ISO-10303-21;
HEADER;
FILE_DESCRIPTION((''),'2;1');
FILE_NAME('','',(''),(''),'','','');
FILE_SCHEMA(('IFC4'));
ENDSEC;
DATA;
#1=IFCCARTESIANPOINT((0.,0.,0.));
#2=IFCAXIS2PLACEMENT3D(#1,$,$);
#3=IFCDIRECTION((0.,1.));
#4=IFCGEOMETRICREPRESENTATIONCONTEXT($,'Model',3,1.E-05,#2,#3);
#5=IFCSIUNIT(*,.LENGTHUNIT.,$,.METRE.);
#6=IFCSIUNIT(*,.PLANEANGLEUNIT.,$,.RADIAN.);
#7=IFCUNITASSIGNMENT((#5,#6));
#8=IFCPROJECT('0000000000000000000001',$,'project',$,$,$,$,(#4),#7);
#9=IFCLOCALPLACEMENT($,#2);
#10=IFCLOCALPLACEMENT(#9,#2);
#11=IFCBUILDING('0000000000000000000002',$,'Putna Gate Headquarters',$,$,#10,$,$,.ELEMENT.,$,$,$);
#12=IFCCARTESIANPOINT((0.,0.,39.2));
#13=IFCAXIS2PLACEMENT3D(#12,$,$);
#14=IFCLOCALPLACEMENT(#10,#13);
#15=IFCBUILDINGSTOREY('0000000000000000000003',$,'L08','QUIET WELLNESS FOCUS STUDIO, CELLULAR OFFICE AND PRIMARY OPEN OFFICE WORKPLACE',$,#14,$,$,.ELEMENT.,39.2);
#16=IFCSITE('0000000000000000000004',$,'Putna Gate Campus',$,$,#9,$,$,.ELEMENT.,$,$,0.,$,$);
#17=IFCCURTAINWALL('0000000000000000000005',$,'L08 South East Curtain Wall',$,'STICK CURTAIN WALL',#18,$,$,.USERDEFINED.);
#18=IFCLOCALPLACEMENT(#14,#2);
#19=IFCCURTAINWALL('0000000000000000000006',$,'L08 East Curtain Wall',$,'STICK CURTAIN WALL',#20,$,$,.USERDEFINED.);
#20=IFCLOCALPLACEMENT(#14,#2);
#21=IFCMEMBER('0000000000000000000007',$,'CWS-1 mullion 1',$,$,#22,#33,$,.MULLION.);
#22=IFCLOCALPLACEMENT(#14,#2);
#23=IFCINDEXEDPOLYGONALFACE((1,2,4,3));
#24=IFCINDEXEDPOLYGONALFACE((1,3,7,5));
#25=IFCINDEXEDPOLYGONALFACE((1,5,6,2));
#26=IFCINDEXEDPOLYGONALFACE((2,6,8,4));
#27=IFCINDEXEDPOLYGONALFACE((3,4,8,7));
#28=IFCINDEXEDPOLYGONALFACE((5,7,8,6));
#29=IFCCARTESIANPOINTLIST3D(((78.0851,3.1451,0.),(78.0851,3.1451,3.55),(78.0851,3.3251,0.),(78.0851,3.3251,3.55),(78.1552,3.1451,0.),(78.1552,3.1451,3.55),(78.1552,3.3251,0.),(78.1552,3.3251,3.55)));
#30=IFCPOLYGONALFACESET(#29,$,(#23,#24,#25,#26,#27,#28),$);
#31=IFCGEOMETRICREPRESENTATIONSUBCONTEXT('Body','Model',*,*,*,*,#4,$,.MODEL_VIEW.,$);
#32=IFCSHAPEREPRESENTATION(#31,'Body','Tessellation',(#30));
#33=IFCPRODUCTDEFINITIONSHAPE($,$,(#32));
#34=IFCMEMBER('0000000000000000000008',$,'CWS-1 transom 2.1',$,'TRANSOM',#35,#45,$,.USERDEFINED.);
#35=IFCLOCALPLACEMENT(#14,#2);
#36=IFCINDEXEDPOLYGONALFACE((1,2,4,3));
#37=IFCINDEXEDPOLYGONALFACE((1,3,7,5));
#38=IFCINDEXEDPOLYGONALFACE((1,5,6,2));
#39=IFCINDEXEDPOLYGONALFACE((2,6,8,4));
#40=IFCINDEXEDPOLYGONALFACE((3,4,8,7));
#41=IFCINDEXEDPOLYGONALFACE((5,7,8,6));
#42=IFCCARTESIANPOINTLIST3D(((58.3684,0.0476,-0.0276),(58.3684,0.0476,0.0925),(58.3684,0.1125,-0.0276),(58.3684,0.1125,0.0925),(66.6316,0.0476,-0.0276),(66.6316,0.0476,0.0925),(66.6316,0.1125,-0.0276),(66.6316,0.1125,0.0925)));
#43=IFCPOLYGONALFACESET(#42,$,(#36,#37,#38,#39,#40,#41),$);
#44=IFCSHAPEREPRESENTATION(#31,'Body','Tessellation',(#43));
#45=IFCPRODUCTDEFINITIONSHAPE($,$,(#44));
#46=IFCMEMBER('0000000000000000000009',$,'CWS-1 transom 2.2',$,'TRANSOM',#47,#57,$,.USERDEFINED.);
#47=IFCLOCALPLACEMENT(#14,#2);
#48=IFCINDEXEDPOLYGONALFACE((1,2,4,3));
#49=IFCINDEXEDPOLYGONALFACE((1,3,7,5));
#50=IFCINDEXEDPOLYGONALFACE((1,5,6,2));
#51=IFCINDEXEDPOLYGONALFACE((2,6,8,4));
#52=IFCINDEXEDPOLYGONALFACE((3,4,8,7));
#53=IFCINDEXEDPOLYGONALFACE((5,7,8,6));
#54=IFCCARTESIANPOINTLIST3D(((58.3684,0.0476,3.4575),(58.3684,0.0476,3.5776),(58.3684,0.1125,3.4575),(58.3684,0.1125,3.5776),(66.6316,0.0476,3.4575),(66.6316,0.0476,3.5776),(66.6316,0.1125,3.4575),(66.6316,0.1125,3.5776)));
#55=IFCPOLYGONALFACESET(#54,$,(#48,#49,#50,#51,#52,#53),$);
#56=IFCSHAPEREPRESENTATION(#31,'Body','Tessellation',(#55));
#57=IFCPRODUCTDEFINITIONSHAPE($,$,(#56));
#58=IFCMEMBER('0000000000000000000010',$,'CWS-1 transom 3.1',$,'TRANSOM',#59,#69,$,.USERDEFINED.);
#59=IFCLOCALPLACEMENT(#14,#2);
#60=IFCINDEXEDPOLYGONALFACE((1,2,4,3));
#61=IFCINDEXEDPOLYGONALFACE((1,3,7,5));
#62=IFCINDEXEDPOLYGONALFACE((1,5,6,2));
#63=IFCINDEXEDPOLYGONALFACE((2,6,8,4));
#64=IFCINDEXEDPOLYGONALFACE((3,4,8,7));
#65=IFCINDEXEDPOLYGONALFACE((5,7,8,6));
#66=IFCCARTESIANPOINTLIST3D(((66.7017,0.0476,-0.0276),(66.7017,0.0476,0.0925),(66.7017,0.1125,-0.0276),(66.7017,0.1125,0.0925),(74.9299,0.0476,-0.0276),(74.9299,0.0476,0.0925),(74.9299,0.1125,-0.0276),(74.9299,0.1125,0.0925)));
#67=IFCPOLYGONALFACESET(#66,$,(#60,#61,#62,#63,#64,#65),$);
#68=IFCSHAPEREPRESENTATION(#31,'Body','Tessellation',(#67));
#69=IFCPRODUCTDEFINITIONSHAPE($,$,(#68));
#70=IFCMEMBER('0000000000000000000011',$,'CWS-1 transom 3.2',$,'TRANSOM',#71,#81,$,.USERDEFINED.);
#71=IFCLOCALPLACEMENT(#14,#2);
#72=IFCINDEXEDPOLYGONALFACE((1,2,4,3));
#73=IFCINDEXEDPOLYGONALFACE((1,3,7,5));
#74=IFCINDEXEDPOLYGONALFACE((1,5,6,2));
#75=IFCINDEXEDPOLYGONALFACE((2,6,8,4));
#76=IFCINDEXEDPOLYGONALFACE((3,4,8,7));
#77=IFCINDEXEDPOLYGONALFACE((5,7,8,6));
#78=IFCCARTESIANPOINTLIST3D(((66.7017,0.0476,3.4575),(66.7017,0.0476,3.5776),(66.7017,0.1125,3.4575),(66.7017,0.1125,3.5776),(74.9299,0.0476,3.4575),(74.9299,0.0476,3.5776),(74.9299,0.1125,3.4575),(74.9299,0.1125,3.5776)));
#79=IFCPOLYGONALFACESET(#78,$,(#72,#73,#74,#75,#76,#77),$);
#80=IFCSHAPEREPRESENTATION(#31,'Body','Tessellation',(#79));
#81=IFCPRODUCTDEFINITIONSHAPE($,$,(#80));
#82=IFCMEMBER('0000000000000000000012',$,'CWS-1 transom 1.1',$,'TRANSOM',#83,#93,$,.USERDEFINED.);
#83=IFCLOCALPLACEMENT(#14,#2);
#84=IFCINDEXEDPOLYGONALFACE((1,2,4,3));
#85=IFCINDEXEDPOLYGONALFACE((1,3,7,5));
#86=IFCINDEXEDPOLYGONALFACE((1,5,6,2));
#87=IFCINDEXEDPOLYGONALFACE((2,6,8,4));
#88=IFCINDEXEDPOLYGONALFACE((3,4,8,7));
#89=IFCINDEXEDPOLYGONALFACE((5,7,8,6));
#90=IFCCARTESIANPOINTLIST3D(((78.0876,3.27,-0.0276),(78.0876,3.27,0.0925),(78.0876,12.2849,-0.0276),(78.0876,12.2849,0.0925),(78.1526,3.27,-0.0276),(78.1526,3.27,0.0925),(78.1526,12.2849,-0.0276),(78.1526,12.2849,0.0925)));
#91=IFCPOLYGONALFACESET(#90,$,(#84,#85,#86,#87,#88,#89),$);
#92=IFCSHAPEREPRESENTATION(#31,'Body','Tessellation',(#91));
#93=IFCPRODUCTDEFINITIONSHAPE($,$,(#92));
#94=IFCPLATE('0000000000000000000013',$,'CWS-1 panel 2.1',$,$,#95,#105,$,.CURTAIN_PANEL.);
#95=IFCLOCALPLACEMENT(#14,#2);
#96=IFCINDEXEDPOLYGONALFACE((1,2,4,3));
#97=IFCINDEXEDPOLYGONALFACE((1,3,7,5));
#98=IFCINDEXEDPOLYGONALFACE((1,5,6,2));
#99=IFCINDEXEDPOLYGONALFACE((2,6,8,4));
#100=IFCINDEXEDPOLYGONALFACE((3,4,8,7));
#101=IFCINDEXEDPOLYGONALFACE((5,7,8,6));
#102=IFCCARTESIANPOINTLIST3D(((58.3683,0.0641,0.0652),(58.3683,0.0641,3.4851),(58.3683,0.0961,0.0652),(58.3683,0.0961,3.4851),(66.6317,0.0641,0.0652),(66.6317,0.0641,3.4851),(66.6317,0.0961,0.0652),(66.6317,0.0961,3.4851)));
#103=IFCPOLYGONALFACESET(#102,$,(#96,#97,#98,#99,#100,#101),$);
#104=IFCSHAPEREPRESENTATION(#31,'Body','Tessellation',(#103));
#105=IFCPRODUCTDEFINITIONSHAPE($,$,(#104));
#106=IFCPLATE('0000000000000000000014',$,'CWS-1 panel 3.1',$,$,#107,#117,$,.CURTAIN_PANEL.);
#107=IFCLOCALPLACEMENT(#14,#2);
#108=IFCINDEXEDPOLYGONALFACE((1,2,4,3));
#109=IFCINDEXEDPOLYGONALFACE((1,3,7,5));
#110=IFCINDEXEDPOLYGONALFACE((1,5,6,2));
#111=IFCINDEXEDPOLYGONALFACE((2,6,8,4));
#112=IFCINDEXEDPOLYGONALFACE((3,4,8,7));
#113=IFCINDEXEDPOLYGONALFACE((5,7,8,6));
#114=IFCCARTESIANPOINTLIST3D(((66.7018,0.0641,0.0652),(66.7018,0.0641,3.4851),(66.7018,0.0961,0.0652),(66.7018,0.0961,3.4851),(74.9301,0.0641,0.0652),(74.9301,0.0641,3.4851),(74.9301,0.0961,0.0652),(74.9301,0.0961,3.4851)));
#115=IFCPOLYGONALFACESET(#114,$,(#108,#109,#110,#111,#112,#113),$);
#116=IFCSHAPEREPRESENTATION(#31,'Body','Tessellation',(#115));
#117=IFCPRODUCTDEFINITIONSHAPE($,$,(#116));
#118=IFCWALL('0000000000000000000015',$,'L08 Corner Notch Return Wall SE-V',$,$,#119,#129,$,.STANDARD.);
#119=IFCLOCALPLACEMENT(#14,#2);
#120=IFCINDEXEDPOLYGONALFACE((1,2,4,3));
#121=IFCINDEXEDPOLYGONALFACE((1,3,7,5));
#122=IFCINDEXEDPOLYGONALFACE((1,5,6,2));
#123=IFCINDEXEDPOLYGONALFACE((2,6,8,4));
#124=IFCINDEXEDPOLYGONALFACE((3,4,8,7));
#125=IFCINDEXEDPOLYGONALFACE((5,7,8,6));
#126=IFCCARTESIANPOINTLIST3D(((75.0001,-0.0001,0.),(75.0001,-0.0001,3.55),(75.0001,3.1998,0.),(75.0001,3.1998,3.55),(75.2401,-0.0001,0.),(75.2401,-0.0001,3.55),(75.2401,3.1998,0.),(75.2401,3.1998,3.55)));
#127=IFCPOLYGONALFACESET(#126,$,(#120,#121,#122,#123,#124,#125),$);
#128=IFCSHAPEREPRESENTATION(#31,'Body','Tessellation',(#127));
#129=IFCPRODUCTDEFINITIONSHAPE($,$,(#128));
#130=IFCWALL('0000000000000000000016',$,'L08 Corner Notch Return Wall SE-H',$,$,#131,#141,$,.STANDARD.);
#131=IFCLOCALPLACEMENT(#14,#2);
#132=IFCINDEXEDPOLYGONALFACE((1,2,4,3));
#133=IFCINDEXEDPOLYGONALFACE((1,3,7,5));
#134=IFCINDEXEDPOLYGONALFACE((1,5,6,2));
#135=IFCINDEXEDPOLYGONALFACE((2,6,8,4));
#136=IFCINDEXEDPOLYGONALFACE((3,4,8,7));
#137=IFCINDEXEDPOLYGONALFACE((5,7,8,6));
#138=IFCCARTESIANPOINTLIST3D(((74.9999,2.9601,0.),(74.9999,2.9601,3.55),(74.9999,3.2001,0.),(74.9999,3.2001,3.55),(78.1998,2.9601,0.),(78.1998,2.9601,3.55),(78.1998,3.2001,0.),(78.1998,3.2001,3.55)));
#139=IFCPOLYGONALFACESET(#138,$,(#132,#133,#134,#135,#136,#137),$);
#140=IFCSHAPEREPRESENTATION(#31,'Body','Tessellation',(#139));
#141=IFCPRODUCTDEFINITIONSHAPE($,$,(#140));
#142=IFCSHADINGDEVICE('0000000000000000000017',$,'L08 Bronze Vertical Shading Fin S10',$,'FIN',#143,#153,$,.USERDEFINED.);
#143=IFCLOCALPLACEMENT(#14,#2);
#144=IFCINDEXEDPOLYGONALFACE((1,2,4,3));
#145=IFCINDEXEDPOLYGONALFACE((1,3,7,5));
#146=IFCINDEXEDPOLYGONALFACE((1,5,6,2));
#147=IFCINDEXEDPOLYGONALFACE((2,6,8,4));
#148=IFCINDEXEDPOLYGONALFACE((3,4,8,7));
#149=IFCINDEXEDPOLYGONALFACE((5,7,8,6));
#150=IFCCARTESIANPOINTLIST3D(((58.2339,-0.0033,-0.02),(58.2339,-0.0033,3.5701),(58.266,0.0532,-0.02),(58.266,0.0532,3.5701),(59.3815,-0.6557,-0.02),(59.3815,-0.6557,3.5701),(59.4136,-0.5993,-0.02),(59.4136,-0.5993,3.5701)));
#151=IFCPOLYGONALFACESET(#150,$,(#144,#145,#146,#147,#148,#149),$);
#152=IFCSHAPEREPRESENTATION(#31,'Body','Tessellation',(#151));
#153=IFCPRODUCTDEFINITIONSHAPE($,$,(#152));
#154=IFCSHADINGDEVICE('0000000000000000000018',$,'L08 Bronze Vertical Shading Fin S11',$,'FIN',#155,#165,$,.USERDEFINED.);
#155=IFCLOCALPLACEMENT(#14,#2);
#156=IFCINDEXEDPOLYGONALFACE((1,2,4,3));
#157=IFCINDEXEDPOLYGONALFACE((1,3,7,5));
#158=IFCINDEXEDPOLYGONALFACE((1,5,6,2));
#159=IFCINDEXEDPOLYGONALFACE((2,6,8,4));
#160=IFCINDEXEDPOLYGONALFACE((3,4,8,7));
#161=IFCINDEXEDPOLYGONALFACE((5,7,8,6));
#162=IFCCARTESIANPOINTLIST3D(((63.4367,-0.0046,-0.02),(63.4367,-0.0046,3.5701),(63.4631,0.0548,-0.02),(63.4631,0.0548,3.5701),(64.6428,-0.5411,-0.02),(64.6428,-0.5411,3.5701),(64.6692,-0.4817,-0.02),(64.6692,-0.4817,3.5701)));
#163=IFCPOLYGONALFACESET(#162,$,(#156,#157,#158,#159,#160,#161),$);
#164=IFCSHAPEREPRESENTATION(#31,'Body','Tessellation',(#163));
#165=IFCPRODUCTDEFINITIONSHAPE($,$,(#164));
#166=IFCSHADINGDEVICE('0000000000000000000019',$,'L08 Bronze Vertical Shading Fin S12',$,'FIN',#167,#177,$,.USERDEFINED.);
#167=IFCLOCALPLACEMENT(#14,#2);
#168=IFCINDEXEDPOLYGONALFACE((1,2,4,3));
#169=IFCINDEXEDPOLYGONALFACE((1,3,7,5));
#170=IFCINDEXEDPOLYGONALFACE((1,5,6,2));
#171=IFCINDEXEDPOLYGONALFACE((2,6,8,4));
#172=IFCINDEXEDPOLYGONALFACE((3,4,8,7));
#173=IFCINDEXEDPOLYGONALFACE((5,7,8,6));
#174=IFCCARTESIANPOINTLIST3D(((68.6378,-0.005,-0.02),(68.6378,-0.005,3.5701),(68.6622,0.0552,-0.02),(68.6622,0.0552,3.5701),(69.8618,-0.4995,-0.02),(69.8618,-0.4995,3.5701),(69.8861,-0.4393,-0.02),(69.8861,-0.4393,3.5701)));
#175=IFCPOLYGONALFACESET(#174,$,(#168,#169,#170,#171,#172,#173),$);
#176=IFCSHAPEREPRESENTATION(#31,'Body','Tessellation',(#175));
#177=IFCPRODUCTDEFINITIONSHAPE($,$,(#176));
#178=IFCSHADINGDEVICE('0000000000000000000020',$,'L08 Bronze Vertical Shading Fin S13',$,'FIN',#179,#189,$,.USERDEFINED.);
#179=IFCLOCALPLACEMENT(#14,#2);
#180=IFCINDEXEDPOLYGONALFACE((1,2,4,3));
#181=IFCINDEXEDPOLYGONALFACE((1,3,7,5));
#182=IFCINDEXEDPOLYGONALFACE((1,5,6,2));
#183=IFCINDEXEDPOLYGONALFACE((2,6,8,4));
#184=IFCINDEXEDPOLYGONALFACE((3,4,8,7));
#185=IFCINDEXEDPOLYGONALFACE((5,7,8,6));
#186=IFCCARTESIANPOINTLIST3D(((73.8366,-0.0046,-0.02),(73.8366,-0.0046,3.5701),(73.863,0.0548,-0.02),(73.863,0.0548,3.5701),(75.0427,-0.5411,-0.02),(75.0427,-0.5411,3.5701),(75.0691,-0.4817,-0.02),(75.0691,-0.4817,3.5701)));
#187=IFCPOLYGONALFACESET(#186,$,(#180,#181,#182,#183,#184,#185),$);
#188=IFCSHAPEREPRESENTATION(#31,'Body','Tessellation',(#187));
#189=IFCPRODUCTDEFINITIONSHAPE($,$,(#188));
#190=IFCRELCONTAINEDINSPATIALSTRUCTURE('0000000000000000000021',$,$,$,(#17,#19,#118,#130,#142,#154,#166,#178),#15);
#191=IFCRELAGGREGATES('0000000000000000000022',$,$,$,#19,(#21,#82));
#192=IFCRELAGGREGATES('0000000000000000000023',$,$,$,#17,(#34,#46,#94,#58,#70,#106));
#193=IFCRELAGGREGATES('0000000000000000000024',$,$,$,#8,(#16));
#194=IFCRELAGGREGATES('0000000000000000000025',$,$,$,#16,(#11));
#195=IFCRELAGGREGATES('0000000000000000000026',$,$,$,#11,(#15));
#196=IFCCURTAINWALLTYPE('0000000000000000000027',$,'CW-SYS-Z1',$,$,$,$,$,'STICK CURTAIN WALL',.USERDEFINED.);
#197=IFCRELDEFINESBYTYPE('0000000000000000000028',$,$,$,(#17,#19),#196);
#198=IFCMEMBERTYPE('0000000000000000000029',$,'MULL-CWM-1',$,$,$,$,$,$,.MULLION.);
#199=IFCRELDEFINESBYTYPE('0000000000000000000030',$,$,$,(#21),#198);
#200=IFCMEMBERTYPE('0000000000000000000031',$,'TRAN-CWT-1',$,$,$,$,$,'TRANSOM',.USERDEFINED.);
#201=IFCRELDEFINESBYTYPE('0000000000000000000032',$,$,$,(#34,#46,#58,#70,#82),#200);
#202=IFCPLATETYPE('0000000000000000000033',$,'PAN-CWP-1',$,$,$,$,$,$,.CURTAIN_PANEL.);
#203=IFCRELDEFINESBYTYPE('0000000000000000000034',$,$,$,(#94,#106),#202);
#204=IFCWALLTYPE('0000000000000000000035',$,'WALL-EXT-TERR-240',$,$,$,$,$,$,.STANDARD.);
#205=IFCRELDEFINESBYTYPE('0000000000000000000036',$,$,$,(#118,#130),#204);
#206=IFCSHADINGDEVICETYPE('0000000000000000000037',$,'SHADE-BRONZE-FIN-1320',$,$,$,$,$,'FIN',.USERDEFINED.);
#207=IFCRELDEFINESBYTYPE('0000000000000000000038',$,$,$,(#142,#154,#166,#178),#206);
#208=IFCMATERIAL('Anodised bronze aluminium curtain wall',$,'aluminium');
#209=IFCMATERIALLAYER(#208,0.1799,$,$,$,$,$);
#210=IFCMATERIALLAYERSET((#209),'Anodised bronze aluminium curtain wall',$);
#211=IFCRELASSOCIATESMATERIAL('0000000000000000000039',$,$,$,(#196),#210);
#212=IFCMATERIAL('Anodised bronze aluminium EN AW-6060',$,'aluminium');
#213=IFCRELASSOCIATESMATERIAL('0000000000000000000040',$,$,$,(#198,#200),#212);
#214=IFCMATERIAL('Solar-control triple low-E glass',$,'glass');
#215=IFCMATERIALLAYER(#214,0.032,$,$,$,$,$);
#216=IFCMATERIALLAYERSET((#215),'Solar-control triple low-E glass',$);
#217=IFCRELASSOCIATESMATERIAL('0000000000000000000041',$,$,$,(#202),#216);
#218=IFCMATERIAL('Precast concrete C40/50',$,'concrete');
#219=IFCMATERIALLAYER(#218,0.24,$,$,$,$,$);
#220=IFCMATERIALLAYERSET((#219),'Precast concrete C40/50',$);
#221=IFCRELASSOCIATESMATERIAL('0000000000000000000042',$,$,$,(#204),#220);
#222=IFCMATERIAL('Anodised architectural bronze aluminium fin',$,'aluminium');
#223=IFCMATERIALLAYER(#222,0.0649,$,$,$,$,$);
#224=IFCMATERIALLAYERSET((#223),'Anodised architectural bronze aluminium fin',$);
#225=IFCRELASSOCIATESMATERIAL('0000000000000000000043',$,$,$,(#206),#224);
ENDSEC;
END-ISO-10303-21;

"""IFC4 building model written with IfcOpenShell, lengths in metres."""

from ifc_helpers import new_model, si_unit, direction, frame, frame_2d, origin, origin_2d, place, context, subcontext, project, spatial, rectangle, extrude, material, layer, layer_set, material_profile, profile_set, type_object, element, aggregate, save


model = new_model("IFC4")

# Units and contexts
model_context = context("Model", 3, precision=1e-05, world=origin(), true_north=direction((0.0, 1.0)))
body_context = subcontext(model_context, "Body", "Model", "MODEL_VIEW")
ifc_project = project(units=[si_unit("LENGTHUNIT", "METRE"), si_unit("PLANEANGLEUNIT", "RADIAN")], contexts=[model_context])

# Site, building, storey
site_placement = place(None, origin())
site = spatial("IfcSite", under=ifc_project, at=site_placement, Name="Putna Gate Campus", CompositionType="ELEMENT", RefElevation=0.0)
building_placement = place(site_placement, origin())
building = spatial("IfcBuilding", under=site, at=building_placement, Name="Putna Gate Headquarters", CompositionType="ELEMENT")
storey_placement = place(building_placement, frame((0.0, 0.0, 39.2)))
storey = spatial("IfcBuildingStorey", under=building, at=storey_placement, Name="L08", Description="QUIET WELLNESS FOCUS STUDIO, CELLULAR OFFICE AND PRIMARY OPEN OFFICE WORKPLACE", CompositionType="ELEMENT", Elevation=39.2)

# Curtain wall
ifc_material_1 = material(Name="Anodised bronze aluminium curtain wall", Category="aluminium")
ifc_layer_1 = layer(ifc_material_1, 0.1799)
ifc_layer_set_1 = layer_set([ifc_layer_1], Name="Anodised bronze aluminium curtain wall")
curtain_wall_type = type_object("IfcCurtainWallType", Name="CW-SYS-Z1", ElementType="STICK CURTAIN WALL", PredefinedType="USERDEFINED", material=ifc_layer_set_1)
curtain_wall_1_placement = place(storey_placement, origin())
curtain_wall_1 = element("IfcCurtainWall", 1, at=curtain_wall_1_placement, inside=storey, type_object=curtain_wall_type, Name="L08 South East Curtain Wall", ObjectType="STICK CURTAIN WALL", PredefinedType="USERDEFINED")
ifc_material_2 = material(Name="Anodised bronze aluminium EN AW-6060", Category="aluminium")
ifc_material_profile_1 = material_profile(ifc_material_2, rectangle(XDim=0.0701, YDim=0.1799, at=origin_2d()), Name="Anodised bronze aluminium EN AW-6060")
ifc_profile_set_1 = profile_set([ifc_material_profile_1], Name="Anodised bronze aluminium EN AW-6060")
member_type_1 = type_object("IfcMemberType", Name="MULL-CWM-1", PredefinedType="MULLION", material=ifc_profile_set_1)

# Curtain wall, member
curtain_wall_2_placement = place(storey_placement, origin())
curtain_wall_2 = element("IfcCurtainWall", 2, at=curtain_wall_2_placement, inside=storey, type_object=curtain_wall_type, Name="L08 East Curtain Wall", ObjectType="STICK CURTAIN WALL", PredefinedType="USERDEFINED")
member_1_placement = place(storey_placement, frame((78.1201, 3.2351, 0.0), z_axis=(0.0, 0.0, 1.0), x_axis=(-1.0, 0.0, 0.0)))
member_1 = element("IfcMember", 3, at=member_1_placement, type_object=member_type_1, Name="CWS-1 mullion 1", PredefinedType="MULLION", context=body_context, shape_type="SweptSolid", body=[
    extrude(rectangle(XDim=0.0701, YDim=0.1799, at=origin_2d()), origin(), (0.0, 0.0, 1.0), 3.55),
])

# Members
ifc_material_profile_2 = material_profile(ifc_material_2, rectangle(XDim=0.0649, YDim=0.1201, at=origin_2d()), Name="Anodised bronze aluminium EN AW-6060")
ifc_profile_set_2 = profile_set([ifc_material_profile_2], Name="Anodised bronze aluminium EN AW-6060")
member_type_2 = type_object("IfcMemberType", Name="TRAN-CWT-1", ElementType="TRANSOM", PredefinedType="USERDEFINED", material=ifc_profile_set_2)
member_2_placement = place(storey_placement, frame((58.3684, 0.0801, 0.0325), z_axis=(1.0, 0.0, 0.0), x_axis=(0.0, 1.0, 0.0)))
member_2 = element("IfcMember", 4, at=member_2_placement, type_object=member_type_2, Name="CWS-1 transom 2.1", ObjectType="TRANSOM", PredefinedType="USERDEFINED", context=body_context, shape_type="SweptSolid", body=[
    extrude(rectangle(XDim=0.0649, YDim=0.1201, at=origin_2d()), origin(), (0.0, 0.0, 1.0), 8.2632),
])
member_3_placement = place(storey_placement, frame((58.3684, 0.0801, 3.5176), z_axis=(1.0, 0.0, 0.0), x_axis=(0.0, 1.0, 0.0)))
member_3 = element("IfcMember", 5, at=member_3_placement, type_object=member_type_2, Name="CWS-1 transom 2.2", ObjectType="TRANSOM", PredefinedType="USERDEFINED", context=body_context, shape_type="SweptSolid", body=[
    extrude(rectangle(XDim=0.0649, YDim=0.1201, at=origin_2d()), origin(), (0.0, 0.0, 1.0), 8.2632),
])
member_4_placement = place(storey_placement, frame((66.7017, 0.0801, 0.0325), z_axis=(1.0, 0.0, 0.0), x_axis=(0.0, 1.0, 0.0)))
member_4 = element("IfcMember", 6, at=member_4_placement, type_object=member_type_2, Name="CWS-1 transom 3.1", ObjectType="TRANSOM", PredefinedType="USERDEFINED", context=body_context, shape_type="SweptSolid", body=[
    extrude(rectangle(XDim=0.0649, YDim=0.1201, at=origin_2d()), origin(), (0.0, 0.0, 1.0), 8.2283),
])
member_5_placement = place(storey_placement, frame((66.7017, 0.0801, 3.5176), z_axis=(1.0, 0.0, 0.0), x_axis=(0.0, 1.0, 0.0)))
member_5 = element("IfcMember", 7, at=member_5_placement, type_object=member_type_2, Name="CWS-1 transom 3.2", ObjectType="TRANSOM", PredefinedType="USERDEFINED", context=body_context, shape_type="SweptSolid", body=[
    extrude(rectangle(XDim=0.0649, YDim=0.1201, at=origin_2d()), origin(), (0.0, 0.0, 1.0), 8.2283),
])
member_6_placement = place(storey_placement, frame((78.1201, 3.27, 0.0325), z_axis=(0.0, 1.0, 0.0), x_axis=(-1.0, 0.0, 0.0)))
member_6 = element("IfcMember", 8, at=member_6_placement, type_object=member_type_2, Name="CWS-1 transom 1.1", ObjectType="TRANSOM", PredefinedType="USERDEFINED", context=body_context, shape_type="SweptSolid", body=[
    extrude(rectangle(XDim=0.0649, YDim=0.1201, at=origin_2d()), origin(), (0.0, 0.0, 1.0), 9.0149),
])
aggregate(curtain_wall_2, [member_1, member_6])

# Plates
ifc_material_3 = material(Name="Solar-control triple low-E glass", Category="glass")
ifc_layer_2 = layer(ifc_material_3, 0.032)
ifc_layer_set_2 = layer_set([ifc_layer_2], Name="Solar-control triple low-E glass")
plate_type = type_object("IfcPlateType", Name="PAN-CWP-1", PredefinedType="CURTAIN_PANEL", material=ifc_layer_set_2)
plate_1_placement = place(storey_placement, frame((62.5, 0.0801, 0.0652), z_axis=(0.0, 0.0, 1.0), x_axis=(1.0, 0.0, 0.0)))
plate_1 = element("IfcPlate", 9, at=plate_1_placement, type_object=plate_type, Name="CWS-1 panel 2.1", PredefinedType="CURTAIN_PANEL", context=body_context, shape_type="SweptSolid", body=[
    extrude(rectangle(XDim=8.2634, YDim=0.032, at=origin_2d()), origin(), (0.0, 0.0, 1.0), 3.4199),
])
plate_2_placement = place(storey_placement, frame((70.8159, 0.0801, 0.0652), z_axis=(0.0, 0.0, 1.0), x_axis=(1.0, 0.0, 0.0)))
plate_2 = element("IfcPlate", 10, at=plate_2_placement, type_object=plate_type, Name="CWS-1 panel 3.1", PredefinedType="CURTAIN_PANEL", context=body_context, shape_type="SweptSolid", body=[
    extrude(rectangle(XDim=8.2283, YDim=0.032, at=origin_2d()), origin(), (0.0, 0.0, 1.0), 3.4199),
])
aggregate(curtain_wall_1, [member_2, member_3, plate_1, member_4, member_5, plate_2])

# Walls
ifc_material_4 = material(Name="Precast concrete C40/50", Category="concrete")
ifc_layer_3 = layer(ifc_material_4, 0.24)
ifc_layer_set_3 = layer_set([ifc_layer_3], Name="Precast concrete C40/50")
wall_type = type_object("IfcWallType", Name="WALL-EXT-TERR-240", PredefinedType="STANDARD", material=ifc_layer_set_3)
for number, where, z_axis, x_axis, name in (
    (11, (75.1201, 3.2, 0.0), (0.0, 0.0, 1.0), (0.0, -1.0, 0.0), "L08 Corner Notch Return Wall SE-V"),
    (12, (78.2, 3.0801, 0.0), (0.0, 0.0, 1.0), (-1.0, 0.0, 0.0), "L08 Corner Notch Return Wall SE-H"),
):
    element("IfcWall", number, at=place(storey_placement, frame(where, z_axis=z_axis, x_axis=x_axis)), inside=storey, type_object=wall_type, Name=name, PredefinedType="STANDARD", context=body_context, shape_type="SweptSolid", body=[
        extrude(rectangle(XDim=3.2, YDim=0.24, at=frame_2d((1.6001, 0.0))), origin(), (0.0, 0.0, 1.0), 3.55),
    ])

# Shading devices
ifc_material_5 = material(Name="Anodised architectural bronze aluminium fin", Category="aluminium")
ifc_layer_4 = layer(ifc_material_5, 0.0649)
ifc_layer_set_4 = layer_set([ifc_layer_4], Name="Anodised architectural bronze aluminium fin")
shading_device_type = type_object("IfcShadingDeviceType", Name="SHADE-BRONZE-FIN-1320", ElementType="FIN", PredefinedType="USERDEFINED", material=ifc_layer_set_4)
for number, where, z_axis, x_axis, name in (
    (13, (58.8237, -0.3013, -0.02), (0.0, 0.0, 1.0), (0.869322, -0.494245, 0.0), "L08 Bronze Vertical Shading Fin S10"),
    (14, (64.053, -0.2432, -0.02), (0.0, 0.0, 1.0), (0.913687, -0.406418, 0.0), "L08 Bronze Vertical Shading Fin S11"),
    (15, (69.262, -0.2222, -0.02), (0.0, 0.0, 1.0), (0.927184, -0.374607, 0.0), "L08 Bronze Vertical Shading Fin S12"),
    (16, (74.4529, -0.2432, -0.02), (0.0, 0.0, 1.0), (0.913687, -0.406418, 0.0), "L08 Bronze Vertical Shading Fin S13"),
):
    element("IfcShadingDevice", number, at=place(storey_placement, frame(where, z_axis=z_axis, x_axis=x_axis)), inside=storey, type_object=shading_device_type, Name=name, ObjectType="FIN", PredefinedType="USERDEFINED", context=body_context, shape_type="SweptSolid", body=[
        extrude(rectangle(XDim=1.3201, YDim=0.0649, at=origin_2d()), origin(), (0.0, 0.0, 1.0), 3.5901),
    ])

save(model, "model.ifc")
